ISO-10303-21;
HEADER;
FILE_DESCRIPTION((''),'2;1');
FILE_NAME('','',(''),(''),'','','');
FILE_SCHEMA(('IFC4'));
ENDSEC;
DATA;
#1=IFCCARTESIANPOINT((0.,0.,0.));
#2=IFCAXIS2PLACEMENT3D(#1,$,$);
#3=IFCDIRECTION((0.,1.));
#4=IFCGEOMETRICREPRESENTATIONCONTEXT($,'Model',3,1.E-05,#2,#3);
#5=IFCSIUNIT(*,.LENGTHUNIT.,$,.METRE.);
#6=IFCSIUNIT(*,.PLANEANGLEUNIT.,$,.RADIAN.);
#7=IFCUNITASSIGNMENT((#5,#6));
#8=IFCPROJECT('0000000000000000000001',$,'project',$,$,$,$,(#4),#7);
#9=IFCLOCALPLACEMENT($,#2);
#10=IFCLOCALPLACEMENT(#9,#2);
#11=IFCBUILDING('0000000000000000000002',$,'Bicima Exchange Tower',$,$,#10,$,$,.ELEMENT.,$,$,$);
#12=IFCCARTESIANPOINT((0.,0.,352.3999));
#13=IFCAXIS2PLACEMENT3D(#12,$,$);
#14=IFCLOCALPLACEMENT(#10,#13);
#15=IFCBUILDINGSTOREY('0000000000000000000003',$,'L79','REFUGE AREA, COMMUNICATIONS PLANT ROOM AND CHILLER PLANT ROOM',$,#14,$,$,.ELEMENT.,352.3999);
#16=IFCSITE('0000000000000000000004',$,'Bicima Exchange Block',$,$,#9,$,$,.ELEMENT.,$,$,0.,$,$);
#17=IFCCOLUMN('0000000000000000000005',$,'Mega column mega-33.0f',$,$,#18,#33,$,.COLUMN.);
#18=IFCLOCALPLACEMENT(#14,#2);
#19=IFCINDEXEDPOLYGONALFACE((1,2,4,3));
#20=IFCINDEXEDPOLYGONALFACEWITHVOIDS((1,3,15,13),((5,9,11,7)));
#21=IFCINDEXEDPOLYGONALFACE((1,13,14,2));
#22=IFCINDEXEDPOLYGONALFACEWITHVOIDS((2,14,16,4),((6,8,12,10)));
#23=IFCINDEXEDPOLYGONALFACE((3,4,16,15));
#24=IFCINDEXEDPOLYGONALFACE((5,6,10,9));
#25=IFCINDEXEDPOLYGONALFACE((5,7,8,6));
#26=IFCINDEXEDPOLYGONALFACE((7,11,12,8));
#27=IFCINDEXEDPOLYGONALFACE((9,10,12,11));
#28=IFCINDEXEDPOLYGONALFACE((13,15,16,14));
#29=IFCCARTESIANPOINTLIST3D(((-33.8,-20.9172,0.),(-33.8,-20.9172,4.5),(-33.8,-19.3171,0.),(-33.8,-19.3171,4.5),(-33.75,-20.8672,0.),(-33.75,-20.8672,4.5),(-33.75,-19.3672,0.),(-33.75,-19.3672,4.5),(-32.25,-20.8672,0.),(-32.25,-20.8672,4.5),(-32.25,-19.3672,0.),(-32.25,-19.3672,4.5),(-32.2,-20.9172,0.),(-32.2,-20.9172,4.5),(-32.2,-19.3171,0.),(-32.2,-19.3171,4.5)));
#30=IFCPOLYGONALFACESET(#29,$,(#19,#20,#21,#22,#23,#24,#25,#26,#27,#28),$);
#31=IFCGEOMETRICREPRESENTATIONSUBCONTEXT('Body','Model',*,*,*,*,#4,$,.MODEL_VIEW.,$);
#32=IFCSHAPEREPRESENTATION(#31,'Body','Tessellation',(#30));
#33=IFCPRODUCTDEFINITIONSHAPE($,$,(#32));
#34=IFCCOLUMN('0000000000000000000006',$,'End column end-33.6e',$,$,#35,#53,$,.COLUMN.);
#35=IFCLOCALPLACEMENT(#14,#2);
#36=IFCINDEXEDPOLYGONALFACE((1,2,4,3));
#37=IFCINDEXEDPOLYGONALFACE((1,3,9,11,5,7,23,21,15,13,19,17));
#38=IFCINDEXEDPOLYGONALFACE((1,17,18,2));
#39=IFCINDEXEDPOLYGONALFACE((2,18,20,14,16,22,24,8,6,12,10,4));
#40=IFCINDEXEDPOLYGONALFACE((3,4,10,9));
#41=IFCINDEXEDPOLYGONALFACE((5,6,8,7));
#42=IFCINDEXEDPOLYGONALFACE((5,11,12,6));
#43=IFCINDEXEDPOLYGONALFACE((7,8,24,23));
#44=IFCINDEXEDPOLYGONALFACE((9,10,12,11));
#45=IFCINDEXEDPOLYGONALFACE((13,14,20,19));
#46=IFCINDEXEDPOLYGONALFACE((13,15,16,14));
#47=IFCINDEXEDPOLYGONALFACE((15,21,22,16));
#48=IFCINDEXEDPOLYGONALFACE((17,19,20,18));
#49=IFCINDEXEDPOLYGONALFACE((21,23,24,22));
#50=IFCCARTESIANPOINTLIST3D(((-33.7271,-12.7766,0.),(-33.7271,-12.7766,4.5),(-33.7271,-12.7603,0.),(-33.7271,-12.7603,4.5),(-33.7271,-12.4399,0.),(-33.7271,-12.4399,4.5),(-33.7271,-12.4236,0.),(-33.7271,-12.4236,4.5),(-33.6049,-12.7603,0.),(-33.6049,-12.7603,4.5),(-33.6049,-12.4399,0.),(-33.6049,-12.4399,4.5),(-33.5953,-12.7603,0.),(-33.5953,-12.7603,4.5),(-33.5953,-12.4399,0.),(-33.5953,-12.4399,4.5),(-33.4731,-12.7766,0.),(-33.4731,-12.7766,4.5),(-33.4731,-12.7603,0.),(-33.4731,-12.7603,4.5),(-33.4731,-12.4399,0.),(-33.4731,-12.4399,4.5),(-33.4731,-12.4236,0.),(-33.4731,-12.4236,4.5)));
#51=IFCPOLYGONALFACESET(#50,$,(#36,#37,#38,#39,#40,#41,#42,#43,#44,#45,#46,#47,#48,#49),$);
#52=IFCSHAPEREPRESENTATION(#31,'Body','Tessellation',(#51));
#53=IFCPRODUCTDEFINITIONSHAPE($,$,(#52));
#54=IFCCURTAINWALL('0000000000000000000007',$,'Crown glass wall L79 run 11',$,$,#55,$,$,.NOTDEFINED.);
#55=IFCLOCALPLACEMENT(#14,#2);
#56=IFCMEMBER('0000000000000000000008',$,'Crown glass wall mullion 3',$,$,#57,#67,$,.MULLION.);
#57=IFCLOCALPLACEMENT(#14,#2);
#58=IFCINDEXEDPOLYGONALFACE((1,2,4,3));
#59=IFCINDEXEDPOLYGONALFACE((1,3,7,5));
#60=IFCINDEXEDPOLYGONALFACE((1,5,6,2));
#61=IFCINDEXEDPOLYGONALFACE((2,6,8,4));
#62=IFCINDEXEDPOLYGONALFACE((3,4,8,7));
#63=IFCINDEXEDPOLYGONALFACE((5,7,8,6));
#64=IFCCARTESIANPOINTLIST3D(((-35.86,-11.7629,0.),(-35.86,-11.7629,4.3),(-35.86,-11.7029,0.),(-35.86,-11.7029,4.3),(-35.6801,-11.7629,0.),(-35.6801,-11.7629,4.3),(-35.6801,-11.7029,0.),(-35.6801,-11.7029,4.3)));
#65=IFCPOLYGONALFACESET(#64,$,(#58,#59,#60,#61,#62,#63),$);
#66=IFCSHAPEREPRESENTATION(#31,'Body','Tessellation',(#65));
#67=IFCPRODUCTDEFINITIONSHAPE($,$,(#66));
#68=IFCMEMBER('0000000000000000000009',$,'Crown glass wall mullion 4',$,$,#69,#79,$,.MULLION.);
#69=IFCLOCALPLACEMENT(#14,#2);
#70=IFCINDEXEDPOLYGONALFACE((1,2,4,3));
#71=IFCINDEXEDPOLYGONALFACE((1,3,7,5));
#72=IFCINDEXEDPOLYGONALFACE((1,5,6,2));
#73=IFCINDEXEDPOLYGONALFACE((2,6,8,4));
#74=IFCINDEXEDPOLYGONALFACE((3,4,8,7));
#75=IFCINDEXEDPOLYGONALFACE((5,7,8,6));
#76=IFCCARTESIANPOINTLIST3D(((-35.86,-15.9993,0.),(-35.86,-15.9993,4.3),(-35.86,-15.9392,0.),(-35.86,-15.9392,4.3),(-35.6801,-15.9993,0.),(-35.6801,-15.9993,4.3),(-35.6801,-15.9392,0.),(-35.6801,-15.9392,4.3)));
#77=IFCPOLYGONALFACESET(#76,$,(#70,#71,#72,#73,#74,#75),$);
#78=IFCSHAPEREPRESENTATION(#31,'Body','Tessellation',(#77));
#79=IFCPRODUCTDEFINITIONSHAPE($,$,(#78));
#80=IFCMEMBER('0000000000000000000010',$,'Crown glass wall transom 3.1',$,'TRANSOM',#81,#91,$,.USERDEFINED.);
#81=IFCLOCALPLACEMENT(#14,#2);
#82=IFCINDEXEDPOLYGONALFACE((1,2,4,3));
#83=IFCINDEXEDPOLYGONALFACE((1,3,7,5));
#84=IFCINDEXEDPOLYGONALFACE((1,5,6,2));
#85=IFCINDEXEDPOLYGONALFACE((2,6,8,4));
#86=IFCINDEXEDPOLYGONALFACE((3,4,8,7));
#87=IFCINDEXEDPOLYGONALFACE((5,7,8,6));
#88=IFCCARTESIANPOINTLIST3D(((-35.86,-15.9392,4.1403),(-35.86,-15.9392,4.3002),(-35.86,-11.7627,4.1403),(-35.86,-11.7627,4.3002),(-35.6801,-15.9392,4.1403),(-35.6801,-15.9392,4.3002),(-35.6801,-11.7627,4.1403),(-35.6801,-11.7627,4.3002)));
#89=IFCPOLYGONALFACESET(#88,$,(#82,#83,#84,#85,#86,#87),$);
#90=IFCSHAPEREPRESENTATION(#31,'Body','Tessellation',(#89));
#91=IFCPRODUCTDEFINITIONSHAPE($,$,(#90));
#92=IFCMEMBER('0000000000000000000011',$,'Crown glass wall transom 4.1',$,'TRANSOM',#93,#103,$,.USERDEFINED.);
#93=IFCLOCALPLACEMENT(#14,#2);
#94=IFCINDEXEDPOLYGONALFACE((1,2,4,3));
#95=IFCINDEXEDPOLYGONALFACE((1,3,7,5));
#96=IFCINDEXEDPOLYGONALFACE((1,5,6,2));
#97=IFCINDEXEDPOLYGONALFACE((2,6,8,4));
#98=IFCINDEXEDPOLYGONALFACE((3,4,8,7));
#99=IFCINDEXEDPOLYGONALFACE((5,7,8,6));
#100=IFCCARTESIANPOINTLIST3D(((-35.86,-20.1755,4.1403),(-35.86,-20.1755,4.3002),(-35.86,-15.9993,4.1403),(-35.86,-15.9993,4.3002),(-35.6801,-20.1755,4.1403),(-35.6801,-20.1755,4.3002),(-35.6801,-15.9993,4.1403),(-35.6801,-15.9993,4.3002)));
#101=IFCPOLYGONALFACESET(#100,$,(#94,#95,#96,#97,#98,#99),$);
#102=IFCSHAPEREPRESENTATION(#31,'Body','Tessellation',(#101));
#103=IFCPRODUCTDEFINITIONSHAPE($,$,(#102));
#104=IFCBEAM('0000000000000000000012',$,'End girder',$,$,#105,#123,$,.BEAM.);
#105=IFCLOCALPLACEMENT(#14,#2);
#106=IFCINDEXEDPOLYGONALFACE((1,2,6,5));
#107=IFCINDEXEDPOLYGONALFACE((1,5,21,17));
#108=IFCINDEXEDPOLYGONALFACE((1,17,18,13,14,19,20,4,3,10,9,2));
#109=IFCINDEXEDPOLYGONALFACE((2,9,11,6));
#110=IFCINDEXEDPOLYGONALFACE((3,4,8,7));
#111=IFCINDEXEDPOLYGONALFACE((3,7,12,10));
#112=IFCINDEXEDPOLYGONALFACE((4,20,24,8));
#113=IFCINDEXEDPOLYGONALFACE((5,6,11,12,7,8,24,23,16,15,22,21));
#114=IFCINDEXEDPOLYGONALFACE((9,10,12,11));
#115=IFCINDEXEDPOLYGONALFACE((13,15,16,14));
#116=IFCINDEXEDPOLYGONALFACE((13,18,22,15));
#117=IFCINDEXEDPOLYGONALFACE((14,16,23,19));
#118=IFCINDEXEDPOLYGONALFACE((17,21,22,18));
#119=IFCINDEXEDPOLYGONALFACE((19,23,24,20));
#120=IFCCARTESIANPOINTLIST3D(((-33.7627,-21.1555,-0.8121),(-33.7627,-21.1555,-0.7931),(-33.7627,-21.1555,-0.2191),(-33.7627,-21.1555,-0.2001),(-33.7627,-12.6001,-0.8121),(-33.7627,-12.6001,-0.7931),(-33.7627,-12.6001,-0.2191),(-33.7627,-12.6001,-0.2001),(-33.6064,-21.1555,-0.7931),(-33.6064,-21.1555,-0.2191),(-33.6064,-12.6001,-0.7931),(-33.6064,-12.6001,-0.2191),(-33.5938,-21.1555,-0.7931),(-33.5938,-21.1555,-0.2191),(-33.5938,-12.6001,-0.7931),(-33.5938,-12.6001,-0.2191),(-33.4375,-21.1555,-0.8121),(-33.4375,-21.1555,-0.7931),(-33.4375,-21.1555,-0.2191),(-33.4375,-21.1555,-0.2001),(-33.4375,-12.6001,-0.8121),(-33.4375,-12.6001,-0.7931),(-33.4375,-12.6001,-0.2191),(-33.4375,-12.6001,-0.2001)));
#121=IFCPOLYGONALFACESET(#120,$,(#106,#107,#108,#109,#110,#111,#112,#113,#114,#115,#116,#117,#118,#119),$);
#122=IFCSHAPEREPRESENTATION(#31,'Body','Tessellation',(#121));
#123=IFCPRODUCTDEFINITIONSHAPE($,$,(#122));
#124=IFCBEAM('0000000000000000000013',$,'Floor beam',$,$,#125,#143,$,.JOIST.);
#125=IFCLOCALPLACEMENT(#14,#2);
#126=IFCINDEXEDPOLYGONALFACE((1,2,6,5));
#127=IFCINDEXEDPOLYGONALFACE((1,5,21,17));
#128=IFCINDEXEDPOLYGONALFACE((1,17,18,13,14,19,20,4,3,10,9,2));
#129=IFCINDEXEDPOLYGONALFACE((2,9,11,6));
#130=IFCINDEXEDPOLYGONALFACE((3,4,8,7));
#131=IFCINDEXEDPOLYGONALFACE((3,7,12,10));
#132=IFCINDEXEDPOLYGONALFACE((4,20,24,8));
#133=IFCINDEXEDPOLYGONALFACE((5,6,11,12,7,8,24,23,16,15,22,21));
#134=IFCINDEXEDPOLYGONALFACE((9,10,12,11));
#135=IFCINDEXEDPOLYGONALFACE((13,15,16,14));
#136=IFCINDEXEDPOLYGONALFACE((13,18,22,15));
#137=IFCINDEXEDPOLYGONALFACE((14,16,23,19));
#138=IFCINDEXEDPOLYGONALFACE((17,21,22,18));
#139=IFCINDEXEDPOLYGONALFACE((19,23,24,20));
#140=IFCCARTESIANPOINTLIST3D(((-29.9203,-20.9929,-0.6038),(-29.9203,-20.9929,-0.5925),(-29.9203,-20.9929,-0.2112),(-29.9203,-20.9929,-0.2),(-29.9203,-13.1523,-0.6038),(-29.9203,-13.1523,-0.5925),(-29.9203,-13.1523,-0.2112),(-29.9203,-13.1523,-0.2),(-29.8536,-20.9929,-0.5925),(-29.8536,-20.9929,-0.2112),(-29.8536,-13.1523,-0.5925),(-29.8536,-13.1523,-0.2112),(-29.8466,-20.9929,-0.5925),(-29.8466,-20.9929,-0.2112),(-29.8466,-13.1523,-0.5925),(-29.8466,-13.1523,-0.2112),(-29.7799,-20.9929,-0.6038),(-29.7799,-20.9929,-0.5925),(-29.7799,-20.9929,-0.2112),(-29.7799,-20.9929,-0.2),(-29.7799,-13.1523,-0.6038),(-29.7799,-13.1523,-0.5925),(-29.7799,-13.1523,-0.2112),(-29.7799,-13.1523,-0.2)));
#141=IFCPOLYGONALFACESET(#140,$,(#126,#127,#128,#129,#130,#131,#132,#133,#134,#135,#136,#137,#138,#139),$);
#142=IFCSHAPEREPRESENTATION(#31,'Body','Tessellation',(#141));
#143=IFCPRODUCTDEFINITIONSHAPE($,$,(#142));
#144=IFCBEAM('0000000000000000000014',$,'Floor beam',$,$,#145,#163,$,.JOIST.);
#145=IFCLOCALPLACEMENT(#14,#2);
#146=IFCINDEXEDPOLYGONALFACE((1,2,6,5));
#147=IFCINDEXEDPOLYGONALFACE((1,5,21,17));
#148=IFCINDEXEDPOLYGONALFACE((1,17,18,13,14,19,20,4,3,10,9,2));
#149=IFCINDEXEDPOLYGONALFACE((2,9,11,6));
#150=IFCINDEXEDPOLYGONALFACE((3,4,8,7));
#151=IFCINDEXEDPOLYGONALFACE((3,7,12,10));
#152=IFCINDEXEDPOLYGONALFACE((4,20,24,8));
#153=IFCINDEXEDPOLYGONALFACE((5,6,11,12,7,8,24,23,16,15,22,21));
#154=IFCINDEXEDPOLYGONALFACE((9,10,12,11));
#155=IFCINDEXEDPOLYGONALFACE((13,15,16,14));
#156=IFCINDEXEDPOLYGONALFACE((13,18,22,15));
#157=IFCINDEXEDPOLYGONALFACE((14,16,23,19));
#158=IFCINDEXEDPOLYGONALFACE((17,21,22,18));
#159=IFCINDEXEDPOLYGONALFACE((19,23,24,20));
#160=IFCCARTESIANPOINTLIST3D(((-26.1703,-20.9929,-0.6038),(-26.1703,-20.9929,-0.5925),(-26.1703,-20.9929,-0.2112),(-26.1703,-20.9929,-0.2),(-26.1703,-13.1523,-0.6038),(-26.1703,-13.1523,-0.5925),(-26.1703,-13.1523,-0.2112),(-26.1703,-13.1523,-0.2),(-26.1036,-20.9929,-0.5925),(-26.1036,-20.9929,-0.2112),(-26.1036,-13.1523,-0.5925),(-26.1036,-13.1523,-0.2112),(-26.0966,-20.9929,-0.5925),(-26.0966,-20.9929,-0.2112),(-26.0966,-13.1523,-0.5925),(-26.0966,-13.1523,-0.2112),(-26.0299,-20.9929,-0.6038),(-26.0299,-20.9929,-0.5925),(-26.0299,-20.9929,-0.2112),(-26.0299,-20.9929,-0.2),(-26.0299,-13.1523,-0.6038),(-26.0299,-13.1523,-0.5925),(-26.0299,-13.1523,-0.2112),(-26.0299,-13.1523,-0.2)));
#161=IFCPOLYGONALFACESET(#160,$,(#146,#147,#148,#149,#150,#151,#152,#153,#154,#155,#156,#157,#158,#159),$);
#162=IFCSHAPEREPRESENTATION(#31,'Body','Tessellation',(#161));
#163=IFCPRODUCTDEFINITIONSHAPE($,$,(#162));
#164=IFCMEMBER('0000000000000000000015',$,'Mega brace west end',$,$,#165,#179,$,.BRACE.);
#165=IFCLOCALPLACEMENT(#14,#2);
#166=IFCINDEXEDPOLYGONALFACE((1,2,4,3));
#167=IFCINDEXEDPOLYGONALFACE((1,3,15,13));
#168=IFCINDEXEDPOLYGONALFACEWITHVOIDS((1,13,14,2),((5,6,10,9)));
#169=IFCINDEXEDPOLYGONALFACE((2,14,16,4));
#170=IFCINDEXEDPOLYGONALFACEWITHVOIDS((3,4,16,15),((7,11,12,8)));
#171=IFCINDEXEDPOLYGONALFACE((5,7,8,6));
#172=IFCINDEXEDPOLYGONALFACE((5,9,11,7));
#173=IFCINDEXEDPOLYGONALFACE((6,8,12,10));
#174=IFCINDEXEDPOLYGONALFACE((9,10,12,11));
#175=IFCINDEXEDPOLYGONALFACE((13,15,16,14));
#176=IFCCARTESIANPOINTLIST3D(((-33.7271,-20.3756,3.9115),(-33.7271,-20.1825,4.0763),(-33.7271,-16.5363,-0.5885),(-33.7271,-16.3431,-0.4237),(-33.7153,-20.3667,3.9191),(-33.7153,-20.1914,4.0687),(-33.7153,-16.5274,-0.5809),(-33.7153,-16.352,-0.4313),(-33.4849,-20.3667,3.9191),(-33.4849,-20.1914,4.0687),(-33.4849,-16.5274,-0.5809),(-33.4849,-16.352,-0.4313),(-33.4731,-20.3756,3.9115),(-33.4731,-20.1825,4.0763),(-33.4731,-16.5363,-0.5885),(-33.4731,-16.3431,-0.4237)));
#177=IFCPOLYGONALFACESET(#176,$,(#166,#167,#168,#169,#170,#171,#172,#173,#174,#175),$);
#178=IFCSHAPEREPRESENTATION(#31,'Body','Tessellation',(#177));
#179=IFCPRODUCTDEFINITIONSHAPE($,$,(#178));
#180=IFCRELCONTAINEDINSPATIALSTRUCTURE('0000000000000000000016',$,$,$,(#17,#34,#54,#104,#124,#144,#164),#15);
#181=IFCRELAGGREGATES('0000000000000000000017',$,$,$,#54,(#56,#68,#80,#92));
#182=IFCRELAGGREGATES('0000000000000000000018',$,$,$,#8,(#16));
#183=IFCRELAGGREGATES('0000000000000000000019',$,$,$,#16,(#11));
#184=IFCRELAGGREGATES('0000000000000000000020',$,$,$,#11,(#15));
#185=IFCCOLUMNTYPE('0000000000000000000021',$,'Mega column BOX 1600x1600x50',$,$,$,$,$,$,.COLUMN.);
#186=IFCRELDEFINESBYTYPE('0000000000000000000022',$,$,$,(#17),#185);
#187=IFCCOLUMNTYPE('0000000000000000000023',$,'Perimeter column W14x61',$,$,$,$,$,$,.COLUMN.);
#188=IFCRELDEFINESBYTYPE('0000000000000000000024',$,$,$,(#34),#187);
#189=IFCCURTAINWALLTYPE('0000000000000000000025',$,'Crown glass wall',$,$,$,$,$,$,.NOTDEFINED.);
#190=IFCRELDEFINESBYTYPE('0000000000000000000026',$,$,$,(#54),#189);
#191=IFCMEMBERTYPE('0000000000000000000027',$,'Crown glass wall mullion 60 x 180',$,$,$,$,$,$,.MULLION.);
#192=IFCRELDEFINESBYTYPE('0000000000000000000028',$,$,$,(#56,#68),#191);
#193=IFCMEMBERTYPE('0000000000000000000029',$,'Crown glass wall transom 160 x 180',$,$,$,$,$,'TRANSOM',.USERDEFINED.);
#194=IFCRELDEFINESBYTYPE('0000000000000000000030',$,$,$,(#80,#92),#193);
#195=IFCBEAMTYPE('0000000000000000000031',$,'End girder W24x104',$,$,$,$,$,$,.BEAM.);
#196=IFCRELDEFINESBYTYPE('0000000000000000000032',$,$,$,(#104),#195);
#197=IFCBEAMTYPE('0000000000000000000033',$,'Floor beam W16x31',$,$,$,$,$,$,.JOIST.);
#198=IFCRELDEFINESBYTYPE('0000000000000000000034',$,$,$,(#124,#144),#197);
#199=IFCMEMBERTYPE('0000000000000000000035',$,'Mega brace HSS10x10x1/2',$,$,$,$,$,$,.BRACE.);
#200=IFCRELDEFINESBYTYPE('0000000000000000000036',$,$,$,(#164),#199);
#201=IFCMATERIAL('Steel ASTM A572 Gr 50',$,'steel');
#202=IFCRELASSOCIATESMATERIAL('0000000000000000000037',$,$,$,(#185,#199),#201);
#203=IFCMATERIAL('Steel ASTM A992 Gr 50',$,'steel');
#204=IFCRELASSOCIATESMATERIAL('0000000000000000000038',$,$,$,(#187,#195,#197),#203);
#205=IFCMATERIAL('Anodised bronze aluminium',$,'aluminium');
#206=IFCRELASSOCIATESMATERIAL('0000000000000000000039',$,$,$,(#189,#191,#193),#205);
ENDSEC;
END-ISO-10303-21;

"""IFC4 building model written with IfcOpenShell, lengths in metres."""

from ifc_helpers import new_model, si_unit, direction, frame, origin, origin_2d, place, context, subcontext, project, spatial, rectangle, hollow_rectangle, i_section, extrude, material, material_profile, profile_set, type_object, element, aggregate, save


model = new_model("IFC4")

# Units and contexts
model_context = context("Model", 3, precision=1e-05, world=origin(), true_north=direction((0.0, 1.0)))
body_context = subcontext(model_context, "Body", "Model", "MODEL_VIEW")
ifc_project = project(units=[si_unit("LENGTHUNIT", "METRE"), si_unit("PLANEANGLEUNIT", "RADIAN")], contexts=[model_context])

# Site, building, storey
site_placement = place(None, origin())
site = spatial("IfcSite", under=ifc_project, at=site_placement, Name="Bicima Exchange Block", CompositionType="ELEMENT", RefElevation=0.0)
building_placement = place(site_placement, origin())
building = spatial("IfcBuilding", under=site, at=building_placement, Name="Bicima Exchange Tower", CompositionType="ELEMENT")
storey_placement = place(building_placement, frame((0.0, 0.0, 352.3999)))
storey = spatial("IfcBuildingStorey", under=building, at=storey_placement, Name="L79", Description="REFUGE AREA, COMMUNICATIONS PLANT ROOM AND CHILLER PLANT ROOM", CompositionType="ELEMENT", Elevation=352.3999)

# Columns
ifc_material_1 = material(Name="Steel ASTM A572 Gr 50", Category="steel")
ifc_material_profile_1 = material_profile(ifc_material_1, hollow_rectangle(XDim=1.6001, YDim=1.6001, WallThickness=0.05, at=origin_2d()))
ifc_profile_set_1 = profile_set([ifc_material_profile_1], Name="Steel ASTM A572 Gr 50")
column_type_1 = type_object("IfcColumnType", Name="Mega column BOX 1600x1600x50", PredefinedType="COLUMN", material=ifc_profile_set_1)
column_1_placement = place(storey_placement, frame((-33.0, -20.1172, 0.0), z_axis=(0.0, 0.0, 1.0), x_axis=(1.0, 0.0, 0.0)))
element("IfcColumn", 1, at=column_1_placement, inside=storey, type_object=column_type_1, Name="Mega column mega-33.0f", PredefinedType="COLUMN", context=body_context, shape_type="SweptSolid", body=[
    extrude(hollow_rectangle(XDim=1.6001, YDim=1.6001, WallThickness=0.05, at=origin_2d()), origin(), (0.0, 0.0, 1.0), 4.5),
])
ifc_material_2 = material(Name="Steel ASTM A992 Gr 50", Category="steel")
ifc_material_profile_2 = material_profile(ifc_material_2, i_section(OverallWidth=0.2539, OverallDepth=0.353, WebThickness=0.0095, FlangeThickness=0.0164, at=origin_2d()))
ifc_profile_set_2 = profile_set([ifc_material_profile_2], Name="Steel ASTM A992 Gr 50")
column_type_2 = type_object("IfcColumnType", Name="Perimeter column W14x61", PredefinedType="COLUMN", material=ifc_profile_set_2)
column_2_placement = place(storey_placement, frame((-33.6001, -12.6001, 0.0), z_axis=(0.0, 0.0, 1.0), x_axis=(1.0, 0.0, 0.0)))
element("IfcColumn", 2, at=column_2_placement, inside=storey, type_object=column_type_2, Name="End column end-33.6e", PredefinedType="COLUMN", context=body_context, shape_type="SweptSolid", body=[
    extrude(i_section(OverallWidth=0.2539, OverallDepth=0.353, WebThickness=0.0095, FlangeThickness=0.0164, at=origin_2d()), origin(), (0.0, 0.0, 1.0), 4.5),
])

# Curtain wall, members
ifc_material_3 = material(Name="Anodised bronze aluminium", Category="aluminium")
curtain_wall_type = type_object("IfcCurtainWallType", Name="Crown glass wall", PredefinedType="NOTDEFINED", material=ifc_material_3)
curtain_wall_placement = place(storey_placement, origin())
curtain_wall = element("IfcCurtainWall", 3, at=curtain_wall_placement, inside=storey, type_object=curtain_wall_type, Name="Crown glass wall L79 run 11", PredefinedType="NOTDEFINED")
ifc_material_profile_3 = material_profile(ifc_material_3, rectangle(XDim=0.1799, YDim=0.0601, at=origin_2d()))
ifc_profile_set_3 = profile_set([ifc_material_profile_3], Name="Anodised bronze aluminium")
member_type_1 = type_object("IfcMemberType", Name="Crown glass wall mullion 60 x 180", PredefinedType="MULLION", material=ifc_profile_set_3)
member_1_placement = place(storey_placement, frame((-35.77, -11.7329, 0.0), z_axis=(0.0, 0.0, 1.0), x_axis=(1.0, 0.0, 0.0)))
member_1 = element("IfcMember", 4, at=member_1_placement, type_object=member_type_1, Name="Crown glass wall mullion 3", PredefinedType="MULLION", context=body_context, shape_type="SweptSolid", body=[
    extrude(rectangle(XDim=0.1799, YDim=0.0601, at=origin_2d()), origin(), (0.0, 0.0, 1.0), 4.3),
])
member_2_placement = place(storey_placement, frame((-35.77, -15.9692, 0.0), z_axis=(0.0, 0.0, 1.0), x_axis=(1.0, 0.0, 0.0)))
member_2 = element("IfcMember", 5, at=member_2_placement, type_object=member_type_1, Name="Crown glass wall mullion 4", PredefinedType="MULLION", context=body_context, shape_type="SweptSolid", body=[
    extrude(rectangle(XDim=0.1799, YDim=0.0601, at=origin_2d()), origin(), (0.0, 0.0, 1.0), 4.3),
])
ifc_material_profile_4 = material_profile(ifc_material_3, rectangle(XDim=0.1799, YDim=0.1599, at=origin_2d()))
ifc_profile_set_4 = profile_set([ifc_material_profile_4], Name="Anodised bronze aluminium")
member_type_2 = type_object("IfcMemberType", Name="Crown glass wall transom 160 x 180", ElementType="TRANSOM", PredefinedType="USERDEFINED", material=ifc_profile_set_4)
member_3_placement = place(storey_placement, frame((-35.77, -11.7627, 4.2202), z_axis=(0.0, -1.0, 0.0), x_axis=(1.0, 0.0, 0.0)))
member_3 = element("IfcMember", 6, at=member_3_placement, type_object=member_type_2, Name="Crown glass wall transom 3.1", ObjectType="TRANSOM", PredefinedType="USERDEFINED", context=body_context, shape_type="SweptSolid", body=[
    extrude(rectangle(XDim=0.1799, YDim=0.1599, at=origin_2d()), origin(), (0.0, 0.0, 1.0), 4.1765),
])
member_4_placement = place(storey_placement, frame((-35.77, -15.9993, 4.2202), z_axis=(0.0, -1.0, 0.0), x_axis=(1.0, 0.0, 0.0)))
member_4 = element("IfcMember", 7, at=member_4_placement, type_object=member_type_2, Name="Crown glass wall transom 4.1", ObjectType="TRANSOM", PredefinedType="USERDEFINED", context=body_context, shape_type="SweptSolid", body=[
    extrude(rectangle(XDim=0.1799, YDim=0.1599, at=origin_2d()), origin(), (0.0, 0.0, 1.0), 4.1763),
])

# Beams
ifc_material_profile_5 = material_profile(ifc_material_2, i_section(OverallWidth=0.3252, OverallDepth=0.6121, WebThickness=0.0127, FlangeThickness=0.019, at=origin_2d()))
ifc_profile_set_5 = profile_set([ifc_material_profile_5], Name="Steel ASTM A992 Gr 50")
beam_type_1 = type_object("IfcBeamType", Name="End girder W24x104", PredefinedType="BEAM", material=ifc_profile_set_5)
beam_placement = place(storey_placement, frame((-33.6001, -12.6001, -0.5061), z_axis=(0.0, -1.0, 0.0), x_axis=(1.0, 0.0, 0.0)))
element("IfcBeam", 8, at=beam_placement, inside=storey, type_object=beam_type_1, Name="End girder", PredefinedType="BEAM", context=body_context, shape_type="SweptSolid", body=[
    extrude(i_section(OverallWidth=0.3252, OverallDepth=0.6121, WebThickness=0.0127, FlangeThickness=0.019, at=origin_2d()), origin(), (0.0, 0.0, 1.0), 8.5554),
])
ifc_material_profile_6 = material_profile(ifc_material_2, i_section(OverallWidth=0.1404, OverallDepth=0.4038, WebThickness=0.0071, FlangeThickness=0.0112, at=origin_2d()))
ifc_profile_set_6 = profile_set([ifc_material_profile_6], Name="Steel ASTM A992 Gr 50")
beam_type_2 = type_object("IfcBeamType", Name="Floor beam W16x31", PredefinedType="JOIST", material=ifc_profile_set_6)
for number, where, z_axis, x_axis, name in (
    (9, (-29.8501, -13.1523, -0.4019), (0.0, -1.0, 0.0), (1.0, 0.0, 0.0), "Floor beam"),
    (10, (-26.1001, -13.1523, -0.4019), (0.0, -1.0, 0.0), (1.0, 0.0, 0.0), "Floor beam"),
):
    element("IfcBeam", number, at=place(storey_placement, frame(where, z_axis=z_axis, x_axis=x_axis)), inside=storey, type_object=beam_type_2, Name=name, PredefinedType="JOIST", context=body_context, shape_type="SweptSolid", body=[
        extrude(i_section(OverallWidth=0.1404, OverallDepth=0.4038, WebThickness=0.0071, FlangeThickness=0.0112, at=origin_2d()), origin(), (0.0, 0.0, 1.0), 7.8406),
    ])

# Member
ifc_material_profile_7 = material_profile(ifc_material_1, hollow_rectangle(XDim=0.2539, YDim=0.2539, WallThickness=0.0117, at=origin_2d()))
ifc_profile_set_7 = profile_set([ifc_material_profile_7], Name="Steel ASTM A572 Gr 50")
member_type_3 = type_object("IfcMemberType", Name="Mega brace HSS10x10x1/2", PredefinedType="BRACE", material=ifc_profile_set_7)
member_5_placement = place(storey_placement, frame((-33.6001, -16.4397, -0.5061), z_axis=(0.0, -0.649056, 0.76074), x_axis=(1.0, 0.0, 0.0)))
element("IfcMember", 11, at=member_5_placement, inside=storey, type_object=member_type_3, Name="Mega brace west end", PredefinedType="BRACE", context=body_context, shape_type="SweptSolid", body=[
    extrude(hollow_rectangle(XDim=0.2539, YDim=0.2539, WallThickness=0.0117, at=origin_2d()), origin(), (0.0, 0.0, 1.0), 5.9153),
])

aggregate(curtain_wall, [member_1, member_2, member_3, member_4])

save(model, "model.ifc")
